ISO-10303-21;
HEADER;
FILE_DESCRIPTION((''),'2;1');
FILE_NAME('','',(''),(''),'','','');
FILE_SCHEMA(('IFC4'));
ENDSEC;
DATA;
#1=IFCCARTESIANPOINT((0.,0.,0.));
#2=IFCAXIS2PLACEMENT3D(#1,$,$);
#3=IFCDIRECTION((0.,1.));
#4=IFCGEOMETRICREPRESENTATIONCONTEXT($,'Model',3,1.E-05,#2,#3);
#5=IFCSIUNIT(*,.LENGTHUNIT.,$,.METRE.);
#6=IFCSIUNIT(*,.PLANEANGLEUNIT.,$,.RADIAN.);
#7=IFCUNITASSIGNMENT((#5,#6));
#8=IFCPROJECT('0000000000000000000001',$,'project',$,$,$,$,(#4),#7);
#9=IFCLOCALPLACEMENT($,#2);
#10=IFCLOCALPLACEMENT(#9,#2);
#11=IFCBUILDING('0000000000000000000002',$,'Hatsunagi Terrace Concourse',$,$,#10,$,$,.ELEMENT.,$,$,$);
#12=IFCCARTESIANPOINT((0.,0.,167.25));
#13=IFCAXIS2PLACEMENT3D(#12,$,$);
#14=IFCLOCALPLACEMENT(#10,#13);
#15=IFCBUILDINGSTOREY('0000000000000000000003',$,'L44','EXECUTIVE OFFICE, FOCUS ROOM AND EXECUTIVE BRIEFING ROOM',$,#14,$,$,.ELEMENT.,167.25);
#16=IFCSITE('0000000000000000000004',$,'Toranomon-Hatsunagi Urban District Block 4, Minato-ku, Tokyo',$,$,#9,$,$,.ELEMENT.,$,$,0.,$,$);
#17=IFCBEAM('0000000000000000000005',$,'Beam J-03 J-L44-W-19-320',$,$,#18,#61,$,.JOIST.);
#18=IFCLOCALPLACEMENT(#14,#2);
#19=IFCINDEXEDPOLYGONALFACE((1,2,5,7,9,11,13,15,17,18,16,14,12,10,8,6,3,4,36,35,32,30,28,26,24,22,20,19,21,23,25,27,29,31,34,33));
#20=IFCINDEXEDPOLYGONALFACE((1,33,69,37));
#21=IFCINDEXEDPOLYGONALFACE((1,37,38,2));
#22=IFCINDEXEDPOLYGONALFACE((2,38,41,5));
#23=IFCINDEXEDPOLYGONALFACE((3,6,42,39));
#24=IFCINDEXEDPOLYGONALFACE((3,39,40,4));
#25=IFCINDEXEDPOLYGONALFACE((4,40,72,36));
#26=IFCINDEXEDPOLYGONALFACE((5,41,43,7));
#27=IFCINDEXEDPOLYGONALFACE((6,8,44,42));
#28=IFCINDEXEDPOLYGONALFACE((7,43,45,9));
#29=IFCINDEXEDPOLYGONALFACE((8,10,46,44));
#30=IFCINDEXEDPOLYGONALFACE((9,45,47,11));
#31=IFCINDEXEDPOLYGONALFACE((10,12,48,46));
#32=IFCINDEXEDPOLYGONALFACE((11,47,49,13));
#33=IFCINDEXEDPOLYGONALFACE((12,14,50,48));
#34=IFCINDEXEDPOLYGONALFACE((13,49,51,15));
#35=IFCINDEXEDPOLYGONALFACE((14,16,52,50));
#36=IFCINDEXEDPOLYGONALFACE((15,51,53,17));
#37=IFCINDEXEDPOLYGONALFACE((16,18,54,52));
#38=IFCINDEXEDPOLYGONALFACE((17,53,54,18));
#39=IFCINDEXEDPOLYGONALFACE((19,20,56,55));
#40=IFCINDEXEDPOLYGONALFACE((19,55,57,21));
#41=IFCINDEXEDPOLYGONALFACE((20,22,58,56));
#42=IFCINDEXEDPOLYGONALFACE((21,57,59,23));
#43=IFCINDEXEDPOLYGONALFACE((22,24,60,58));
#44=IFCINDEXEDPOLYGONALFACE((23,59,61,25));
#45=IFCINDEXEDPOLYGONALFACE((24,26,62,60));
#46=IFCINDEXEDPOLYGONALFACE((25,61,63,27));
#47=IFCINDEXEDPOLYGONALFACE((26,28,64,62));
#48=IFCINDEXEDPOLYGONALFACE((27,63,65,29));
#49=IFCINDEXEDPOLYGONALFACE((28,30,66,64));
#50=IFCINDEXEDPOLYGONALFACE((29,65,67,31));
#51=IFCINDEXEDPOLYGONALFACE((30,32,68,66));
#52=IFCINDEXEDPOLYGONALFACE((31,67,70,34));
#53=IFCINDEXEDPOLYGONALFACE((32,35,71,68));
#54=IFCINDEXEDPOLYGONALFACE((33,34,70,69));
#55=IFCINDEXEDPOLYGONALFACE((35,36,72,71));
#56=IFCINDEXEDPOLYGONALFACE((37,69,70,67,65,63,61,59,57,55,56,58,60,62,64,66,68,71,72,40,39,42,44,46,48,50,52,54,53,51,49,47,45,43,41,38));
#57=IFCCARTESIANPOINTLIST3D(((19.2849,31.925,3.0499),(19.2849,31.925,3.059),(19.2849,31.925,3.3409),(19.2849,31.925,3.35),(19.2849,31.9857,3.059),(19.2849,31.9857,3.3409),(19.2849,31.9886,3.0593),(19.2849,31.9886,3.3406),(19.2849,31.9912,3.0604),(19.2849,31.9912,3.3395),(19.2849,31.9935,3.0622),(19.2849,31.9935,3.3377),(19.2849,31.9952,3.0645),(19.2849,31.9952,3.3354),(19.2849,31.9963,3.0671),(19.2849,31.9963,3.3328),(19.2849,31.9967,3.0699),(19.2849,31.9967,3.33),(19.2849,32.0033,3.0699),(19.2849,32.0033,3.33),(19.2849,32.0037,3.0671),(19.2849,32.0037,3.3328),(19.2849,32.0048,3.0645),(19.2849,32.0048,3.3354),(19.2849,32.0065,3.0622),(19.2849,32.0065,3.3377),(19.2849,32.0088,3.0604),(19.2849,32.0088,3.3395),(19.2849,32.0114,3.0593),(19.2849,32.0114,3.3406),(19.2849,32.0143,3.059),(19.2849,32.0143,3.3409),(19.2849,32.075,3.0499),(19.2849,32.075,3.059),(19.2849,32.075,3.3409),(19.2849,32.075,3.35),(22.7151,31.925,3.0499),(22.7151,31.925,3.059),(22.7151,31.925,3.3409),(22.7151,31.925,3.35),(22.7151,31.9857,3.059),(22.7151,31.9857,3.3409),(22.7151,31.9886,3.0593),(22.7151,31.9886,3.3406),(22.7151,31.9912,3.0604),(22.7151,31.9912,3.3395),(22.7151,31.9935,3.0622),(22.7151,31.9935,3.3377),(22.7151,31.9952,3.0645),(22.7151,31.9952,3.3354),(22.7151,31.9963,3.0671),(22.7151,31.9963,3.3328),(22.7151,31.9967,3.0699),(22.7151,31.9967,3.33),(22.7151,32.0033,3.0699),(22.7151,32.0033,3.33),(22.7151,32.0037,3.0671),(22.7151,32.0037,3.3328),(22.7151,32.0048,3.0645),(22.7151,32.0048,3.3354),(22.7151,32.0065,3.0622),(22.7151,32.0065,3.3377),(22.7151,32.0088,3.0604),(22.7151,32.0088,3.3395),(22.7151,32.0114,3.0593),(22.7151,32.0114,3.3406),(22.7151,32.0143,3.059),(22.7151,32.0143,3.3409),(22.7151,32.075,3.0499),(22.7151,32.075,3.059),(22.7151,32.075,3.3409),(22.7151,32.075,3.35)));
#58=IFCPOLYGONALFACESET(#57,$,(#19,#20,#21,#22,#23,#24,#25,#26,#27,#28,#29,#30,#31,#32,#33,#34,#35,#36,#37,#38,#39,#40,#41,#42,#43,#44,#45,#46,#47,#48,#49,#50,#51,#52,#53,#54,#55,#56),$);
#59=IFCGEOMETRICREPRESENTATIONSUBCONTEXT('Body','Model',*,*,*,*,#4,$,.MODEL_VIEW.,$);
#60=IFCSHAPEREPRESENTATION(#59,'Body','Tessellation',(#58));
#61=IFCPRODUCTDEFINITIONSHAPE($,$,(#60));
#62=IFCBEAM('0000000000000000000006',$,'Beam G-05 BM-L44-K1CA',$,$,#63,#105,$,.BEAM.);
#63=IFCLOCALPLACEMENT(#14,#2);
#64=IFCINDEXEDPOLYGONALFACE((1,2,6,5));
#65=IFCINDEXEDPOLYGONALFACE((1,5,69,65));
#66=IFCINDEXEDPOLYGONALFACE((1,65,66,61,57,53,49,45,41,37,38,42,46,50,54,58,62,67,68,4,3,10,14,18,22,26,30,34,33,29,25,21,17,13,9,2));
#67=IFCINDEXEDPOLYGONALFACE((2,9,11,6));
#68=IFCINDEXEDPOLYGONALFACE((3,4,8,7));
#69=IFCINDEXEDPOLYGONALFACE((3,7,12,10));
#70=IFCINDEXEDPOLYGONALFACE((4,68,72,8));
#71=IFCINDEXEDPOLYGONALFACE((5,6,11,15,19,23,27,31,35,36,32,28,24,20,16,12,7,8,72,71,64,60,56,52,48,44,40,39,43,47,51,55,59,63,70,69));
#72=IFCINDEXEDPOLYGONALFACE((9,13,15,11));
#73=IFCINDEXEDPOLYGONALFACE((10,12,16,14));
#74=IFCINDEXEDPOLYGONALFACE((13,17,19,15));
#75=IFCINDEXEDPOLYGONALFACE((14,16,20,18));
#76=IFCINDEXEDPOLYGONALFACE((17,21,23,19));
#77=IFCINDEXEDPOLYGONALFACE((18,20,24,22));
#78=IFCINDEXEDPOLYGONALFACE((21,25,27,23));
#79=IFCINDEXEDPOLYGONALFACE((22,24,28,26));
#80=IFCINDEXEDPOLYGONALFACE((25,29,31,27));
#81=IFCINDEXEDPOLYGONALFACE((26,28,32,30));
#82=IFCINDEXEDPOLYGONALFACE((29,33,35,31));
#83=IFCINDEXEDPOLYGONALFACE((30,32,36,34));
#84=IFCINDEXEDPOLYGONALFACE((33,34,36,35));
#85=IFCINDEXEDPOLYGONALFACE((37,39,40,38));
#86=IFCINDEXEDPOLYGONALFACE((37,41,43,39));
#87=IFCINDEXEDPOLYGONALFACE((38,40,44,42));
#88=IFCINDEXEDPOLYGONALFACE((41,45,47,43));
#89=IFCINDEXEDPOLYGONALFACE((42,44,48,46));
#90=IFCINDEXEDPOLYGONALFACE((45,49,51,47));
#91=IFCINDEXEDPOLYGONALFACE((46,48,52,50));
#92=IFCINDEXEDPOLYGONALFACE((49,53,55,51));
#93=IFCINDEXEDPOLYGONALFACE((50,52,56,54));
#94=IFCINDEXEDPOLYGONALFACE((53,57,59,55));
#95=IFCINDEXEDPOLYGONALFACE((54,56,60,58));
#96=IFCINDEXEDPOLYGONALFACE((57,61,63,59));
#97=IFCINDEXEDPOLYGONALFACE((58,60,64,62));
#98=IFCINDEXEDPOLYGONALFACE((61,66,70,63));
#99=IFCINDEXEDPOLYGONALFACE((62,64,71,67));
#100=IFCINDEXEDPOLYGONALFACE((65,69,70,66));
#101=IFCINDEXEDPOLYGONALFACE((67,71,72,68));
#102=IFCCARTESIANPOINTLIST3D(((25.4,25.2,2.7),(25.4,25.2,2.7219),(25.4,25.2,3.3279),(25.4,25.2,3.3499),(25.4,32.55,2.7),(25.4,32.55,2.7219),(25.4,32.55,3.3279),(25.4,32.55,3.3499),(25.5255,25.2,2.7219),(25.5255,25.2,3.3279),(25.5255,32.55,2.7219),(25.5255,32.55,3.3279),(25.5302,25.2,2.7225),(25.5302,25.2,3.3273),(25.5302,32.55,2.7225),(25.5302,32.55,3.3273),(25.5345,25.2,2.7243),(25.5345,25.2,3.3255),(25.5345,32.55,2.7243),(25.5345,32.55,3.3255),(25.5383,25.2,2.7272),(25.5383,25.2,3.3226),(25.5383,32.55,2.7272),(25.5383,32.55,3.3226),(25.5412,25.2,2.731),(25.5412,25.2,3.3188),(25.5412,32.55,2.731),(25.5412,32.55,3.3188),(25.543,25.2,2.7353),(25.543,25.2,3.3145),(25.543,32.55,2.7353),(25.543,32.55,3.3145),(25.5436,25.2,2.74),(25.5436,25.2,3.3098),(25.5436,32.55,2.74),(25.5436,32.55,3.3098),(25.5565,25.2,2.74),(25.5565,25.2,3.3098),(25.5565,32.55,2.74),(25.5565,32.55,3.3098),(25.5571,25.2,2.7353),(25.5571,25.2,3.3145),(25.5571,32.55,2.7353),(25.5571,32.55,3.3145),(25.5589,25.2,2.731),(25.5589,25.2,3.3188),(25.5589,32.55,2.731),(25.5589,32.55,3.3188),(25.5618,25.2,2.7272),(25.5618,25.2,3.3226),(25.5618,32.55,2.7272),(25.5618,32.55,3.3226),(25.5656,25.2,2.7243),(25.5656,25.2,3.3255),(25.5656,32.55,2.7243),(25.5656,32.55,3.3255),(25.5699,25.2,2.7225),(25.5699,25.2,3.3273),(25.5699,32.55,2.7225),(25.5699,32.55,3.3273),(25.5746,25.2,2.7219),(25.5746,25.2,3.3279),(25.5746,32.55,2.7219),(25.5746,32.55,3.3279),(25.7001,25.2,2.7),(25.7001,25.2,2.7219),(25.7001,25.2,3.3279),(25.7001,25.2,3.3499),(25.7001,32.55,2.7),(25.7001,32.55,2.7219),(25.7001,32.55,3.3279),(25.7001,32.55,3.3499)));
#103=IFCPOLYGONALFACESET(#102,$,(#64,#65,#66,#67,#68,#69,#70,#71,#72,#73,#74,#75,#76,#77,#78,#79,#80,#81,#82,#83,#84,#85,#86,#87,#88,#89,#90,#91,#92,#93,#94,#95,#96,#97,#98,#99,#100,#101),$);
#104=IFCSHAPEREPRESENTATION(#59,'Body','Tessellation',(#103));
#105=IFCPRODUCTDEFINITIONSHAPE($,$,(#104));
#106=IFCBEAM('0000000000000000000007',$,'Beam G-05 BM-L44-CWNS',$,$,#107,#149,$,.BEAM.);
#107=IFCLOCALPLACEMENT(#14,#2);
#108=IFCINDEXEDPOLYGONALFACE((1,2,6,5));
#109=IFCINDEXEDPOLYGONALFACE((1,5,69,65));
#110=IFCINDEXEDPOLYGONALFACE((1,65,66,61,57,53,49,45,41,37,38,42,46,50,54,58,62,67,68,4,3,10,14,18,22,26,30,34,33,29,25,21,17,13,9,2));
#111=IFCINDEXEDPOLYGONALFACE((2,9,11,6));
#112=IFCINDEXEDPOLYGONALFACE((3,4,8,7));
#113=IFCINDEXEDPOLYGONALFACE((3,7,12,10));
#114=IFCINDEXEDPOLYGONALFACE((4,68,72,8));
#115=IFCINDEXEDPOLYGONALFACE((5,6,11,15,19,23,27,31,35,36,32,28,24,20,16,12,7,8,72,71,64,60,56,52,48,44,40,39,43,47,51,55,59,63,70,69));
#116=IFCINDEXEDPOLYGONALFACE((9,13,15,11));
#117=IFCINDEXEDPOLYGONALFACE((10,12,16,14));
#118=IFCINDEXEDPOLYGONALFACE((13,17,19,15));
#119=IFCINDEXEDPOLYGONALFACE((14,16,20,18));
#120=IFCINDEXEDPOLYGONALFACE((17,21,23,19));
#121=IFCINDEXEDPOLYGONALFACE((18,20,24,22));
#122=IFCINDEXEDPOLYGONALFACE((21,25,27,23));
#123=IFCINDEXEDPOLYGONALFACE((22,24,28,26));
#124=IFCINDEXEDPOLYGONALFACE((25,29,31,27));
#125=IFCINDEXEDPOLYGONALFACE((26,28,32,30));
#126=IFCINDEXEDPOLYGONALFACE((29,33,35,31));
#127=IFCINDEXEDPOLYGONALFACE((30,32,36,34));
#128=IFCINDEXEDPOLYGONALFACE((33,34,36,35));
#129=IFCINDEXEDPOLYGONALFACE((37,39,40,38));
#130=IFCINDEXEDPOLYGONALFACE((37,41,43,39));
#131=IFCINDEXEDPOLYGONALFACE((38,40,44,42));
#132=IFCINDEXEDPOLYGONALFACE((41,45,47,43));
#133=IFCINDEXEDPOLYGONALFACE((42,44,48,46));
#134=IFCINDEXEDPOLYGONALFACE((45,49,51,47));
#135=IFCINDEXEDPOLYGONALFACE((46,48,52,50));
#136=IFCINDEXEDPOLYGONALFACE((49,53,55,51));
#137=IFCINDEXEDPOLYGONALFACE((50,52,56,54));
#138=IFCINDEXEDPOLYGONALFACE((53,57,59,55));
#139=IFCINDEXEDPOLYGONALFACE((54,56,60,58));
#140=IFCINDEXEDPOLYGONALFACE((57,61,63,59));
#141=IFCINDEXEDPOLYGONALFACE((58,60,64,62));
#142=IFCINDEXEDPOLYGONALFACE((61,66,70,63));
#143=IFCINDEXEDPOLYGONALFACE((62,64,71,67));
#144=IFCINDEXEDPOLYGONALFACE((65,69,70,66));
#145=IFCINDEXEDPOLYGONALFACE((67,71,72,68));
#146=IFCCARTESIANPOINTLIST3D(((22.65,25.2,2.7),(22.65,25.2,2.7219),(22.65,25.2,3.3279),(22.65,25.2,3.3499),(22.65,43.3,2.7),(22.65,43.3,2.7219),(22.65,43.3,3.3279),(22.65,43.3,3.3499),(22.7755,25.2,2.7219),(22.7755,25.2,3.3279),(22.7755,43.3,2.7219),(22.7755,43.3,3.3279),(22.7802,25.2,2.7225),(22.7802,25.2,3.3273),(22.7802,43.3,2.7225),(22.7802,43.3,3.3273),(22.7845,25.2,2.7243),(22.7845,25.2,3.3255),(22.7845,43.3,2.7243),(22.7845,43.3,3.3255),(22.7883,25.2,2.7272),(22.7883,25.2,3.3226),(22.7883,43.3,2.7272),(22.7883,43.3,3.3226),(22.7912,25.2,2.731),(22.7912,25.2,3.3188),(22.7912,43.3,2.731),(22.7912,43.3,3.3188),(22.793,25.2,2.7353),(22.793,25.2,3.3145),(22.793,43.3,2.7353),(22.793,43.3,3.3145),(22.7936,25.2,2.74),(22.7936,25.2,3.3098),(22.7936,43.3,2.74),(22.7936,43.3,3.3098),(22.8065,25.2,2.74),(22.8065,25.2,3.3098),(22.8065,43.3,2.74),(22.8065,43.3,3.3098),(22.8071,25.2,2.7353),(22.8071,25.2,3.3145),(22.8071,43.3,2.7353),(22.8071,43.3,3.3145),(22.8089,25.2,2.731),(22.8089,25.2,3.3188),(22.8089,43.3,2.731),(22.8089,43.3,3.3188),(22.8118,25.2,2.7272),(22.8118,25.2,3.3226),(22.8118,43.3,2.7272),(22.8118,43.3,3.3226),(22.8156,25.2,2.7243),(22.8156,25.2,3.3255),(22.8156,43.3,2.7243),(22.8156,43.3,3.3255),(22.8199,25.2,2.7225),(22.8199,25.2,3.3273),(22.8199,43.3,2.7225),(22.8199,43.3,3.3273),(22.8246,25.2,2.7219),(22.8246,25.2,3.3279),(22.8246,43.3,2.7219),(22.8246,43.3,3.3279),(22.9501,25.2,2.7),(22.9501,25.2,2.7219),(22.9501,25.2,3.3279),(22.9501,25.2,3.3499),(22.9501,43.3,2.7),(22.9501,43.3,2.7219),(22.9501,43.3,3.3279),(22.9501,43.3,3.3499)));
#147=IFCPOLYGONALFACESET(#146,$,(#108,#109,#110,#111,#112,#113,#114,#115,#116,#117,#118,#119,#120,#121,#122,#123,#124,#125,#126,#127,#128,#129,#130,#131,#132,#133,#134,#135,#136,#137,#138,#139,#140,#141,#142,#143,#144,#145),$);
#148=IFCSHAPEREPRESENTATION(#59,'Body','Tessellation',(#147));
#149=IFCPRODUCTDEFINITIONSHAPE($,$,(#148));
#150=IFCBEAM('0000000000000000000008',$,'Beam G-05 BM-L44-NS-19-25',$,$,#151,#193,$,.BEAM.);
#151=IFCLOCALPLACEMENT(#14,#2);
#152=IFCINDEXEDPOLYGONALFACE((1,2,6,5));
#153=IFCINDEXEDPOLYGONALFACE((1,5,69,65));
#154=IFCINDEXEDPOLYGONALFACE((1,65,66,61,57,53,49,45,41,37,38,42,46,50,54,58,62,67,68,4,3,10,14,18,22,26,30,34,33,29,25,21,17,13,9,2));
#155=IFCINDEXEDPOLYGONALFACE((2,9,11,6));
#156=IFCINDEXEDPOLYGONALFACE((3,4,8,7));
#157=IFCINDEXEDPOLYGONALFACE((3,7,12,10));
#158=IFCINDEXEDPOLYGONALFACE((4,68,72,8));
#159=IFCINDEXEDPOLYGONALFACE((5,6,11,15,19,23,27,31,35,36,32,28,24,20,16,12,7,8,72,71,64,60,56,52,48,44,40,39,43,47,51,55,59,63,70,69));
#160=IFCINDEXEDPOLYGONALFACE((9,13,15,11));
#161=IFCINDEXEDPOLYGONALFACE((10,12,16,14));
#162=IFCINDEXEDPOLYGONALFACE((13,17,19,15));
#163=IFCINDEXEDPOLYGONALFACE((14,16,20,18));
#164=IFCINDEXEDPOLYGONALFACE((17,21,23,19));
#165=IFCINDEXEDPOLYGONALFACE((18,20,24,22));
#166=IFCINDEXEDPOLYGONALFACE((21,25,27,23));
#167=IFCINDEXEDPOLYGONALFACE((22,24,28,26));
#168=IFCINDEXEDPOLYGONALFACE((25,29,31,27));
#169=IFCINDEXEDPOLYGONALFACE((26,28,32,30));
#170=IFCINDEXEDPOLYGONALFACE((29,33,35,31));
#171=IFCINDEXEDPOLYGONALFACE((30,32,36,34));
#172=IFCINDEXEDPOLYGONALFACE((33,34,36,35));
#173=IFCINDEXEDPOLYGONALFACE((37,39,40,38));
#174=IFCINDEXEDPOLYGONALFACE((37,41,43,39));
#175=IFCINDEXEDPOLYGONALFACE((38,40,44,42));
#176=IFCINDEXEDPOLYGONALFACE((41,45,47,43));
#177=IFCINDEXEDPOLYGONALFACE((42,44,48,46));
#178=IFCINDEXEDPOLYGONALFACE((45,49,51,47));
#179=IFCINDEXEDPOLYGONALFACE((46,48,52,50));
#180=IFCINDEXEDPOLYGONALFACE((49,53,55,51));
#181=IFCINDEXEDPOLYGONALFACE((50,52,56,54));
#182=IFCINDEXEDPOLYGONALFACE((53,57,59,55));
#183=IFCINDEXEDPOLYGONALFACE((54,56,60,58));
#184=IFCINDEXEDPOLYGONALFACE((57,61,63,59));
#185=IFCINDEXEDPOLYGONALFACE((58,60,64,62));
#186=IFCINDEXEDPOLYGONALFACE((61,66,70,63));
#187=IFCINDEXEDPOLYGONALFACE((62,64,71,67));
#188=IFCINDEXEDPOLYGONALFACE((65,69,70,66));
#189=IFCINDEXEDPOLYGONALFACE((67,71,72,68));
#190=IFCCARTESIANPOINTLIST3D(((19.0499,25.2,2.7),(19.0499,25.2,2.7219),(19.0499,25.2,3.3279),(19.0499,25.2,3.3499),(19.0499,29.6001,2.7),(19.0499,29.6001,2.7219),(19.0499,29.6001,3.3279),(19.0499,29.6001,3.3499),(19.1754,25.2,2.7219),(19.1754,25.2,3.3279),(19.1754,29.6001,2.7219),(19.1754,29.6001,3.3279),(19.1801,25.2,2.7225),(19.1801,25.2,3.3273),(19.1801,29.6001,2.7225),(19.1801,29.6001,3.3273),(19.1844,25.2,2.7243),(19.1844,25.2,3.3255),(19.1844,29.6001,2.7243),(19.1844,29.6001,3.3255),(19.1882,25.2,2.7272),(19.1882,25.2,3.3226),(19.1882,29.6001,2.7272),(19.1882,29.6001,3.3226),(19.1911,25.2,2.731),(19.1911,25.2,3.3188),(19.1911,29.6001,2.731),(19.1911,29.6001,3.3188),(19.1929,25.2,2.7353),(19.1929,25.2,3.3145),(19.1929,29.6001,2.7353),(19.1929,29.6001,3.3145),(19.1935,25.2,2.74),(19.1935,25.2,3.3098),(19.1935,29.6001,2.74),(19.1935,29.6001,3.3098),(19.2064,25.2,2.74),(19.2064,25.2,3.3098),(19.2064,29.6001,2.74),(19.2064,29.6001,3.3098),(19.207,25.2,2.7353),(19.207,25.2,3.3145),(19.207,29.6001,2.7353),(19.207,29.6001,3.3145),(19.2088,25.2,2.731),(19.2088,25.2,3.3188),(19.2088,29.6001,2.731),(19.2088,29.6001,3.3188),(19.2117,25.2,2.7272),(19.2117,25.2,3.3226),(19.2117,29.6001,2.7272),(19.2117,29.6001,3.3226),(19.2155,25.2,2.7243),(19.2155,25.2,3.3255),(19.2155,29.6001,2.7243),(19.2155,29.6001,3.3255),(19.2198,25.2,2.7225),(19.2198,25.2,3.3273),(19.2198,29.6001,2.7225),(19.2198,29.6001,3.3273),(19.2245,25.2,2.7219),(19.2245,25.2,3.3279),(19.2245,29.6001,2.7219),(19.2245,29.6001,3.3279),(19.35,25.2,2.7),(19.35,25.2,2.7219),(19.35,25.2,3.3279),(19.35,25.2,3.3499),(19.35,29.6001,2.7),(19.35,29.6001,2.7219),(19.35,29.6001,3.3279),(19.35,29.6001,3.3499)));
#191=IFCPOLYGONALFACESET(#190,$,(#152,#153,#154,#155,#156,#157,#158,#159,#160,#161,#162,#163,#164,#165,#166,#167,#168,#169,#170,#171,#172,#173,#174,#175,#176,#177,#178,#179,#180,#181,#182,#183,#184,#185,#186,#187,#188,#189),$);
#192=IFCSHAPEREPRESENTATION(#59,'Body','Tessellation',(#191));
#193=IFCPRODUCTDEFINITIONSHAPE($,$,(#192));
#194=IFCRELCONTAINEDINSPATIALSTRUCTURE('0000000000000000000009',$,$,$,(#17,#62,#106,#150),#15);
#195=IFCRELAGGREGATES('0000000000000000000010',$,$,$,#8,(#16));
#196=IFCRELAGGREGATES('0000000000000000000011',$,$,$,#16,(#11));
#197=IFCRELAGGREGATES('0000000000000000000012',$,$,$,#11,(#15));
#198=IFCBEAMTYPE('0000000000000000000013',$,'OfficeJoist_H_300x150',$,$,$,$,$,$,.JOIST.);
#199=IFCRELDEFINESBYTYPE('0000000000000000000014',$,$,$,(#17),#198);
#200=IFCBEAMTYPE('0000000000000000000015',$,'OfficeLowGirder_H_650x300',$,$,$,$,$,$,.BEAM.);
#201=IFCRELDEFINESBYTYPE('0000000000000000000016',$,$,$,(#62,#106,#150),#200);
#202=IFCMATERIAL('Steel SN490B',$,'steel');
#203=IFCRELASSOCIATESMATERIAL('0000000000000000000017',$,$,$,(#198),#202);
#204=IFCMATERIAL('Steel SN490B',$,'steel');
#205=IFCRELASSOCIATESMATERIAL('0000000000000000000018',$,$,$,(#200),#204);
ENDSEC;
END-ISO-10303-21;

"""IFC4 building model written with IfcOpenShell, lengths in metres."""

from ifc_helpers import new_model, si_unit, direction, frame, origin, origin_2d, place, context, subcontext, project, spatial, i_section, extrude, material, material_profile, profile_set, type_object, element, save


model = new_model("IFC4")

# Units and contexts
model_context = context("Model", 3, precision=1e-05, world=origin(), true_north=direction((0.0, 1.0)))
body_context = subcontext(model_context, "Body", "Model", "MODEL_VIEW")
ifc_project = project(units=[si_unit("LENGTHUNIT", "METRE"), si_unit("PLANEANGLEUNIT", "RADIAN")], contexts=[model_context])

# Site, building, storey
site_placement = place(None, origin())
site = spatial("IfcSite", under=ifc_project, at=site_placement, Name="Toranomon-Hatsunagi Urban District Block 4, Minato-ku, Tokyo", CompositionType="ELEMENT", RefElevation=0.0)
building_placement = place(site_placement, origin())
building = spatial("IfcBuilding", under=site, at=building_placement, Name="Hatsunagi Terrace Concourse", CompositionType="ELEMENT")
storey_placement = place(building_placement, frame((0.0, 0.0, 167.25)))
storey = spatial("IfcBuildingStorey", under=building, at=storey_placement, Name="L44", Description="EXECUTIVE OFFICE, FOCUS ROOM AND EXECUTIVE BRIEFING ROOM", CompositionType="ELEMENT", Elevation=167.25)

# Beams
ifc_material_1 = material(Name="Steel SN490B", Category="steel")
ifc_material_profile_1 = material_profile(ifc_material_1, i_section(OverallWidth=0.1499, OverallDepth=0.3, WebThickness=0.0066, FlangeThickness=0.009, FilletRadius=0.011, at=origin_2d()), Name="H-300x150x6.5x9")
ifc_profile_set_1 = profile_set([ifc_material_profile_1], Name="Steel SN490B")
beam_type_1 = type_object("IfcBeamType", Name="OfficeJoist_H_300x150", PredefinedType="JOIST", material=ifc_profile_set_1)
for number, where, z_axis, x_axis, name in (
    (1, (19.2849, 32.0, 3.2), (1.0, 0.0, 0.0), (0.0, 1.0, 0.0), "Beam J-03 J-L44-W-19-320"),
):
    element("IfcBeam", number, at=place(storey_placement, frame(where, z_axis=z_axis, x_axis=x_axis)), inside=storey, type_object=beam_type_1, Name=name, PredefinedType="JOIST", context=body_context, shape_type="SweptSolid", body=[
        extrude(i_section(OverallWidth=0.1499, OverallDepth=0.3, WebThickness=0.0066, FlangeThickness=0.009, FilletRadius=0.011, at=origin_2d()), origin(), (0.0, 0.0, 1.0), 3.4302),
    ])
ifc_material_2 = material(Name="Steel SN490B", Category="steel")
ifc_material_profile_2 = material_profile(ifc_material_2, i_section(OverallWidth=0.3, OverallDepth=0.6499, WebThickness=0.0129, FlangeThickness=0.022, FilletRadius=0.0181, at=origin_2d()), Name="H-650x300x13x22")
ifc_profile_set_2 = profile_set([ifc_material_profile_2], Name="Steel SN490B")
beam_type_2 = type_object("IfcBeamType", Name="OfficeLowGirder_H_650x300", PredefinedType="BEAM", material=ifc_profile_set_2)
beam_1_placement = place(storey_placement, frame((25.55, 25.2, 3.0249), z_axis=(0.0, 1.0, 0.0), x_axis=(-1.0, 0.0, 0.0)))
element("IfcBeam", 2, at=beam_1_placement, inside=storey, type_object=beam_type_2, Name="Beam G-05 BM-L44-K1CA", PredefinedType="BEAM", context=body_context, shape_type="SweptSolid", body=[
    extrude(i_section(OverallWidth=0.3, OverallDepth=0.6499, WebThickness=0.0129, FlangeThickness=0.022, FilletRadius=0.0181, at=origin_2d()), origin(), (0.0, 0.0, 1.0), 7.3501),
])
beam_2_placement = place(storey_placement, frame((22.8, 25.2, 3.0249), z_axis=(0.0, 1.0, 0.0), x_axis=(-1.0, 0.0, 0.0)))
element("IfcBeam", 3, at=beam_2_placement, inside=storey, type_object=beam_type_2, Name="Beam G-05 BM-L44-CWNS", PredefinedType="BEAM", context=body_context, shape_type="SweptSolid", body=[
    extrude(i_section(OverallWidth=0.3, OverallDepth=0.6499, WebThickness=0.0129, FlangeThickness=0.022, FilletRadius=0.0181, at=origin_2d()), origin(), (0.0, 0.0, 1.0), 18.1001),
])
beam_3_placement = place(storey_placement, frame((19.2, 25.2, 3.0249), z_axis=(0.0, 1.0, 0.0), x_axis=(-1.0, 0.0, 0.0)))
element("IfcBeam", 4, at=beam_3_placement, inside=storey, type_object=beam_type_2, Name="Beam G-05 BM-L44-NS-19-25", PredefinedType="BEAM", context=body_context, shape_type="SweptSolid", body=[
    extrude(i_section(OverallWidth=0.3, OverallDepth=0.6499, WebThickness=0.0129, FlangeThickness=0.022, FilletRadius=0.0181, at=origin_2d()), origin(), (0.0, 0.0, 1.0), 4.4001),
])

save(model, "model.ifc")
